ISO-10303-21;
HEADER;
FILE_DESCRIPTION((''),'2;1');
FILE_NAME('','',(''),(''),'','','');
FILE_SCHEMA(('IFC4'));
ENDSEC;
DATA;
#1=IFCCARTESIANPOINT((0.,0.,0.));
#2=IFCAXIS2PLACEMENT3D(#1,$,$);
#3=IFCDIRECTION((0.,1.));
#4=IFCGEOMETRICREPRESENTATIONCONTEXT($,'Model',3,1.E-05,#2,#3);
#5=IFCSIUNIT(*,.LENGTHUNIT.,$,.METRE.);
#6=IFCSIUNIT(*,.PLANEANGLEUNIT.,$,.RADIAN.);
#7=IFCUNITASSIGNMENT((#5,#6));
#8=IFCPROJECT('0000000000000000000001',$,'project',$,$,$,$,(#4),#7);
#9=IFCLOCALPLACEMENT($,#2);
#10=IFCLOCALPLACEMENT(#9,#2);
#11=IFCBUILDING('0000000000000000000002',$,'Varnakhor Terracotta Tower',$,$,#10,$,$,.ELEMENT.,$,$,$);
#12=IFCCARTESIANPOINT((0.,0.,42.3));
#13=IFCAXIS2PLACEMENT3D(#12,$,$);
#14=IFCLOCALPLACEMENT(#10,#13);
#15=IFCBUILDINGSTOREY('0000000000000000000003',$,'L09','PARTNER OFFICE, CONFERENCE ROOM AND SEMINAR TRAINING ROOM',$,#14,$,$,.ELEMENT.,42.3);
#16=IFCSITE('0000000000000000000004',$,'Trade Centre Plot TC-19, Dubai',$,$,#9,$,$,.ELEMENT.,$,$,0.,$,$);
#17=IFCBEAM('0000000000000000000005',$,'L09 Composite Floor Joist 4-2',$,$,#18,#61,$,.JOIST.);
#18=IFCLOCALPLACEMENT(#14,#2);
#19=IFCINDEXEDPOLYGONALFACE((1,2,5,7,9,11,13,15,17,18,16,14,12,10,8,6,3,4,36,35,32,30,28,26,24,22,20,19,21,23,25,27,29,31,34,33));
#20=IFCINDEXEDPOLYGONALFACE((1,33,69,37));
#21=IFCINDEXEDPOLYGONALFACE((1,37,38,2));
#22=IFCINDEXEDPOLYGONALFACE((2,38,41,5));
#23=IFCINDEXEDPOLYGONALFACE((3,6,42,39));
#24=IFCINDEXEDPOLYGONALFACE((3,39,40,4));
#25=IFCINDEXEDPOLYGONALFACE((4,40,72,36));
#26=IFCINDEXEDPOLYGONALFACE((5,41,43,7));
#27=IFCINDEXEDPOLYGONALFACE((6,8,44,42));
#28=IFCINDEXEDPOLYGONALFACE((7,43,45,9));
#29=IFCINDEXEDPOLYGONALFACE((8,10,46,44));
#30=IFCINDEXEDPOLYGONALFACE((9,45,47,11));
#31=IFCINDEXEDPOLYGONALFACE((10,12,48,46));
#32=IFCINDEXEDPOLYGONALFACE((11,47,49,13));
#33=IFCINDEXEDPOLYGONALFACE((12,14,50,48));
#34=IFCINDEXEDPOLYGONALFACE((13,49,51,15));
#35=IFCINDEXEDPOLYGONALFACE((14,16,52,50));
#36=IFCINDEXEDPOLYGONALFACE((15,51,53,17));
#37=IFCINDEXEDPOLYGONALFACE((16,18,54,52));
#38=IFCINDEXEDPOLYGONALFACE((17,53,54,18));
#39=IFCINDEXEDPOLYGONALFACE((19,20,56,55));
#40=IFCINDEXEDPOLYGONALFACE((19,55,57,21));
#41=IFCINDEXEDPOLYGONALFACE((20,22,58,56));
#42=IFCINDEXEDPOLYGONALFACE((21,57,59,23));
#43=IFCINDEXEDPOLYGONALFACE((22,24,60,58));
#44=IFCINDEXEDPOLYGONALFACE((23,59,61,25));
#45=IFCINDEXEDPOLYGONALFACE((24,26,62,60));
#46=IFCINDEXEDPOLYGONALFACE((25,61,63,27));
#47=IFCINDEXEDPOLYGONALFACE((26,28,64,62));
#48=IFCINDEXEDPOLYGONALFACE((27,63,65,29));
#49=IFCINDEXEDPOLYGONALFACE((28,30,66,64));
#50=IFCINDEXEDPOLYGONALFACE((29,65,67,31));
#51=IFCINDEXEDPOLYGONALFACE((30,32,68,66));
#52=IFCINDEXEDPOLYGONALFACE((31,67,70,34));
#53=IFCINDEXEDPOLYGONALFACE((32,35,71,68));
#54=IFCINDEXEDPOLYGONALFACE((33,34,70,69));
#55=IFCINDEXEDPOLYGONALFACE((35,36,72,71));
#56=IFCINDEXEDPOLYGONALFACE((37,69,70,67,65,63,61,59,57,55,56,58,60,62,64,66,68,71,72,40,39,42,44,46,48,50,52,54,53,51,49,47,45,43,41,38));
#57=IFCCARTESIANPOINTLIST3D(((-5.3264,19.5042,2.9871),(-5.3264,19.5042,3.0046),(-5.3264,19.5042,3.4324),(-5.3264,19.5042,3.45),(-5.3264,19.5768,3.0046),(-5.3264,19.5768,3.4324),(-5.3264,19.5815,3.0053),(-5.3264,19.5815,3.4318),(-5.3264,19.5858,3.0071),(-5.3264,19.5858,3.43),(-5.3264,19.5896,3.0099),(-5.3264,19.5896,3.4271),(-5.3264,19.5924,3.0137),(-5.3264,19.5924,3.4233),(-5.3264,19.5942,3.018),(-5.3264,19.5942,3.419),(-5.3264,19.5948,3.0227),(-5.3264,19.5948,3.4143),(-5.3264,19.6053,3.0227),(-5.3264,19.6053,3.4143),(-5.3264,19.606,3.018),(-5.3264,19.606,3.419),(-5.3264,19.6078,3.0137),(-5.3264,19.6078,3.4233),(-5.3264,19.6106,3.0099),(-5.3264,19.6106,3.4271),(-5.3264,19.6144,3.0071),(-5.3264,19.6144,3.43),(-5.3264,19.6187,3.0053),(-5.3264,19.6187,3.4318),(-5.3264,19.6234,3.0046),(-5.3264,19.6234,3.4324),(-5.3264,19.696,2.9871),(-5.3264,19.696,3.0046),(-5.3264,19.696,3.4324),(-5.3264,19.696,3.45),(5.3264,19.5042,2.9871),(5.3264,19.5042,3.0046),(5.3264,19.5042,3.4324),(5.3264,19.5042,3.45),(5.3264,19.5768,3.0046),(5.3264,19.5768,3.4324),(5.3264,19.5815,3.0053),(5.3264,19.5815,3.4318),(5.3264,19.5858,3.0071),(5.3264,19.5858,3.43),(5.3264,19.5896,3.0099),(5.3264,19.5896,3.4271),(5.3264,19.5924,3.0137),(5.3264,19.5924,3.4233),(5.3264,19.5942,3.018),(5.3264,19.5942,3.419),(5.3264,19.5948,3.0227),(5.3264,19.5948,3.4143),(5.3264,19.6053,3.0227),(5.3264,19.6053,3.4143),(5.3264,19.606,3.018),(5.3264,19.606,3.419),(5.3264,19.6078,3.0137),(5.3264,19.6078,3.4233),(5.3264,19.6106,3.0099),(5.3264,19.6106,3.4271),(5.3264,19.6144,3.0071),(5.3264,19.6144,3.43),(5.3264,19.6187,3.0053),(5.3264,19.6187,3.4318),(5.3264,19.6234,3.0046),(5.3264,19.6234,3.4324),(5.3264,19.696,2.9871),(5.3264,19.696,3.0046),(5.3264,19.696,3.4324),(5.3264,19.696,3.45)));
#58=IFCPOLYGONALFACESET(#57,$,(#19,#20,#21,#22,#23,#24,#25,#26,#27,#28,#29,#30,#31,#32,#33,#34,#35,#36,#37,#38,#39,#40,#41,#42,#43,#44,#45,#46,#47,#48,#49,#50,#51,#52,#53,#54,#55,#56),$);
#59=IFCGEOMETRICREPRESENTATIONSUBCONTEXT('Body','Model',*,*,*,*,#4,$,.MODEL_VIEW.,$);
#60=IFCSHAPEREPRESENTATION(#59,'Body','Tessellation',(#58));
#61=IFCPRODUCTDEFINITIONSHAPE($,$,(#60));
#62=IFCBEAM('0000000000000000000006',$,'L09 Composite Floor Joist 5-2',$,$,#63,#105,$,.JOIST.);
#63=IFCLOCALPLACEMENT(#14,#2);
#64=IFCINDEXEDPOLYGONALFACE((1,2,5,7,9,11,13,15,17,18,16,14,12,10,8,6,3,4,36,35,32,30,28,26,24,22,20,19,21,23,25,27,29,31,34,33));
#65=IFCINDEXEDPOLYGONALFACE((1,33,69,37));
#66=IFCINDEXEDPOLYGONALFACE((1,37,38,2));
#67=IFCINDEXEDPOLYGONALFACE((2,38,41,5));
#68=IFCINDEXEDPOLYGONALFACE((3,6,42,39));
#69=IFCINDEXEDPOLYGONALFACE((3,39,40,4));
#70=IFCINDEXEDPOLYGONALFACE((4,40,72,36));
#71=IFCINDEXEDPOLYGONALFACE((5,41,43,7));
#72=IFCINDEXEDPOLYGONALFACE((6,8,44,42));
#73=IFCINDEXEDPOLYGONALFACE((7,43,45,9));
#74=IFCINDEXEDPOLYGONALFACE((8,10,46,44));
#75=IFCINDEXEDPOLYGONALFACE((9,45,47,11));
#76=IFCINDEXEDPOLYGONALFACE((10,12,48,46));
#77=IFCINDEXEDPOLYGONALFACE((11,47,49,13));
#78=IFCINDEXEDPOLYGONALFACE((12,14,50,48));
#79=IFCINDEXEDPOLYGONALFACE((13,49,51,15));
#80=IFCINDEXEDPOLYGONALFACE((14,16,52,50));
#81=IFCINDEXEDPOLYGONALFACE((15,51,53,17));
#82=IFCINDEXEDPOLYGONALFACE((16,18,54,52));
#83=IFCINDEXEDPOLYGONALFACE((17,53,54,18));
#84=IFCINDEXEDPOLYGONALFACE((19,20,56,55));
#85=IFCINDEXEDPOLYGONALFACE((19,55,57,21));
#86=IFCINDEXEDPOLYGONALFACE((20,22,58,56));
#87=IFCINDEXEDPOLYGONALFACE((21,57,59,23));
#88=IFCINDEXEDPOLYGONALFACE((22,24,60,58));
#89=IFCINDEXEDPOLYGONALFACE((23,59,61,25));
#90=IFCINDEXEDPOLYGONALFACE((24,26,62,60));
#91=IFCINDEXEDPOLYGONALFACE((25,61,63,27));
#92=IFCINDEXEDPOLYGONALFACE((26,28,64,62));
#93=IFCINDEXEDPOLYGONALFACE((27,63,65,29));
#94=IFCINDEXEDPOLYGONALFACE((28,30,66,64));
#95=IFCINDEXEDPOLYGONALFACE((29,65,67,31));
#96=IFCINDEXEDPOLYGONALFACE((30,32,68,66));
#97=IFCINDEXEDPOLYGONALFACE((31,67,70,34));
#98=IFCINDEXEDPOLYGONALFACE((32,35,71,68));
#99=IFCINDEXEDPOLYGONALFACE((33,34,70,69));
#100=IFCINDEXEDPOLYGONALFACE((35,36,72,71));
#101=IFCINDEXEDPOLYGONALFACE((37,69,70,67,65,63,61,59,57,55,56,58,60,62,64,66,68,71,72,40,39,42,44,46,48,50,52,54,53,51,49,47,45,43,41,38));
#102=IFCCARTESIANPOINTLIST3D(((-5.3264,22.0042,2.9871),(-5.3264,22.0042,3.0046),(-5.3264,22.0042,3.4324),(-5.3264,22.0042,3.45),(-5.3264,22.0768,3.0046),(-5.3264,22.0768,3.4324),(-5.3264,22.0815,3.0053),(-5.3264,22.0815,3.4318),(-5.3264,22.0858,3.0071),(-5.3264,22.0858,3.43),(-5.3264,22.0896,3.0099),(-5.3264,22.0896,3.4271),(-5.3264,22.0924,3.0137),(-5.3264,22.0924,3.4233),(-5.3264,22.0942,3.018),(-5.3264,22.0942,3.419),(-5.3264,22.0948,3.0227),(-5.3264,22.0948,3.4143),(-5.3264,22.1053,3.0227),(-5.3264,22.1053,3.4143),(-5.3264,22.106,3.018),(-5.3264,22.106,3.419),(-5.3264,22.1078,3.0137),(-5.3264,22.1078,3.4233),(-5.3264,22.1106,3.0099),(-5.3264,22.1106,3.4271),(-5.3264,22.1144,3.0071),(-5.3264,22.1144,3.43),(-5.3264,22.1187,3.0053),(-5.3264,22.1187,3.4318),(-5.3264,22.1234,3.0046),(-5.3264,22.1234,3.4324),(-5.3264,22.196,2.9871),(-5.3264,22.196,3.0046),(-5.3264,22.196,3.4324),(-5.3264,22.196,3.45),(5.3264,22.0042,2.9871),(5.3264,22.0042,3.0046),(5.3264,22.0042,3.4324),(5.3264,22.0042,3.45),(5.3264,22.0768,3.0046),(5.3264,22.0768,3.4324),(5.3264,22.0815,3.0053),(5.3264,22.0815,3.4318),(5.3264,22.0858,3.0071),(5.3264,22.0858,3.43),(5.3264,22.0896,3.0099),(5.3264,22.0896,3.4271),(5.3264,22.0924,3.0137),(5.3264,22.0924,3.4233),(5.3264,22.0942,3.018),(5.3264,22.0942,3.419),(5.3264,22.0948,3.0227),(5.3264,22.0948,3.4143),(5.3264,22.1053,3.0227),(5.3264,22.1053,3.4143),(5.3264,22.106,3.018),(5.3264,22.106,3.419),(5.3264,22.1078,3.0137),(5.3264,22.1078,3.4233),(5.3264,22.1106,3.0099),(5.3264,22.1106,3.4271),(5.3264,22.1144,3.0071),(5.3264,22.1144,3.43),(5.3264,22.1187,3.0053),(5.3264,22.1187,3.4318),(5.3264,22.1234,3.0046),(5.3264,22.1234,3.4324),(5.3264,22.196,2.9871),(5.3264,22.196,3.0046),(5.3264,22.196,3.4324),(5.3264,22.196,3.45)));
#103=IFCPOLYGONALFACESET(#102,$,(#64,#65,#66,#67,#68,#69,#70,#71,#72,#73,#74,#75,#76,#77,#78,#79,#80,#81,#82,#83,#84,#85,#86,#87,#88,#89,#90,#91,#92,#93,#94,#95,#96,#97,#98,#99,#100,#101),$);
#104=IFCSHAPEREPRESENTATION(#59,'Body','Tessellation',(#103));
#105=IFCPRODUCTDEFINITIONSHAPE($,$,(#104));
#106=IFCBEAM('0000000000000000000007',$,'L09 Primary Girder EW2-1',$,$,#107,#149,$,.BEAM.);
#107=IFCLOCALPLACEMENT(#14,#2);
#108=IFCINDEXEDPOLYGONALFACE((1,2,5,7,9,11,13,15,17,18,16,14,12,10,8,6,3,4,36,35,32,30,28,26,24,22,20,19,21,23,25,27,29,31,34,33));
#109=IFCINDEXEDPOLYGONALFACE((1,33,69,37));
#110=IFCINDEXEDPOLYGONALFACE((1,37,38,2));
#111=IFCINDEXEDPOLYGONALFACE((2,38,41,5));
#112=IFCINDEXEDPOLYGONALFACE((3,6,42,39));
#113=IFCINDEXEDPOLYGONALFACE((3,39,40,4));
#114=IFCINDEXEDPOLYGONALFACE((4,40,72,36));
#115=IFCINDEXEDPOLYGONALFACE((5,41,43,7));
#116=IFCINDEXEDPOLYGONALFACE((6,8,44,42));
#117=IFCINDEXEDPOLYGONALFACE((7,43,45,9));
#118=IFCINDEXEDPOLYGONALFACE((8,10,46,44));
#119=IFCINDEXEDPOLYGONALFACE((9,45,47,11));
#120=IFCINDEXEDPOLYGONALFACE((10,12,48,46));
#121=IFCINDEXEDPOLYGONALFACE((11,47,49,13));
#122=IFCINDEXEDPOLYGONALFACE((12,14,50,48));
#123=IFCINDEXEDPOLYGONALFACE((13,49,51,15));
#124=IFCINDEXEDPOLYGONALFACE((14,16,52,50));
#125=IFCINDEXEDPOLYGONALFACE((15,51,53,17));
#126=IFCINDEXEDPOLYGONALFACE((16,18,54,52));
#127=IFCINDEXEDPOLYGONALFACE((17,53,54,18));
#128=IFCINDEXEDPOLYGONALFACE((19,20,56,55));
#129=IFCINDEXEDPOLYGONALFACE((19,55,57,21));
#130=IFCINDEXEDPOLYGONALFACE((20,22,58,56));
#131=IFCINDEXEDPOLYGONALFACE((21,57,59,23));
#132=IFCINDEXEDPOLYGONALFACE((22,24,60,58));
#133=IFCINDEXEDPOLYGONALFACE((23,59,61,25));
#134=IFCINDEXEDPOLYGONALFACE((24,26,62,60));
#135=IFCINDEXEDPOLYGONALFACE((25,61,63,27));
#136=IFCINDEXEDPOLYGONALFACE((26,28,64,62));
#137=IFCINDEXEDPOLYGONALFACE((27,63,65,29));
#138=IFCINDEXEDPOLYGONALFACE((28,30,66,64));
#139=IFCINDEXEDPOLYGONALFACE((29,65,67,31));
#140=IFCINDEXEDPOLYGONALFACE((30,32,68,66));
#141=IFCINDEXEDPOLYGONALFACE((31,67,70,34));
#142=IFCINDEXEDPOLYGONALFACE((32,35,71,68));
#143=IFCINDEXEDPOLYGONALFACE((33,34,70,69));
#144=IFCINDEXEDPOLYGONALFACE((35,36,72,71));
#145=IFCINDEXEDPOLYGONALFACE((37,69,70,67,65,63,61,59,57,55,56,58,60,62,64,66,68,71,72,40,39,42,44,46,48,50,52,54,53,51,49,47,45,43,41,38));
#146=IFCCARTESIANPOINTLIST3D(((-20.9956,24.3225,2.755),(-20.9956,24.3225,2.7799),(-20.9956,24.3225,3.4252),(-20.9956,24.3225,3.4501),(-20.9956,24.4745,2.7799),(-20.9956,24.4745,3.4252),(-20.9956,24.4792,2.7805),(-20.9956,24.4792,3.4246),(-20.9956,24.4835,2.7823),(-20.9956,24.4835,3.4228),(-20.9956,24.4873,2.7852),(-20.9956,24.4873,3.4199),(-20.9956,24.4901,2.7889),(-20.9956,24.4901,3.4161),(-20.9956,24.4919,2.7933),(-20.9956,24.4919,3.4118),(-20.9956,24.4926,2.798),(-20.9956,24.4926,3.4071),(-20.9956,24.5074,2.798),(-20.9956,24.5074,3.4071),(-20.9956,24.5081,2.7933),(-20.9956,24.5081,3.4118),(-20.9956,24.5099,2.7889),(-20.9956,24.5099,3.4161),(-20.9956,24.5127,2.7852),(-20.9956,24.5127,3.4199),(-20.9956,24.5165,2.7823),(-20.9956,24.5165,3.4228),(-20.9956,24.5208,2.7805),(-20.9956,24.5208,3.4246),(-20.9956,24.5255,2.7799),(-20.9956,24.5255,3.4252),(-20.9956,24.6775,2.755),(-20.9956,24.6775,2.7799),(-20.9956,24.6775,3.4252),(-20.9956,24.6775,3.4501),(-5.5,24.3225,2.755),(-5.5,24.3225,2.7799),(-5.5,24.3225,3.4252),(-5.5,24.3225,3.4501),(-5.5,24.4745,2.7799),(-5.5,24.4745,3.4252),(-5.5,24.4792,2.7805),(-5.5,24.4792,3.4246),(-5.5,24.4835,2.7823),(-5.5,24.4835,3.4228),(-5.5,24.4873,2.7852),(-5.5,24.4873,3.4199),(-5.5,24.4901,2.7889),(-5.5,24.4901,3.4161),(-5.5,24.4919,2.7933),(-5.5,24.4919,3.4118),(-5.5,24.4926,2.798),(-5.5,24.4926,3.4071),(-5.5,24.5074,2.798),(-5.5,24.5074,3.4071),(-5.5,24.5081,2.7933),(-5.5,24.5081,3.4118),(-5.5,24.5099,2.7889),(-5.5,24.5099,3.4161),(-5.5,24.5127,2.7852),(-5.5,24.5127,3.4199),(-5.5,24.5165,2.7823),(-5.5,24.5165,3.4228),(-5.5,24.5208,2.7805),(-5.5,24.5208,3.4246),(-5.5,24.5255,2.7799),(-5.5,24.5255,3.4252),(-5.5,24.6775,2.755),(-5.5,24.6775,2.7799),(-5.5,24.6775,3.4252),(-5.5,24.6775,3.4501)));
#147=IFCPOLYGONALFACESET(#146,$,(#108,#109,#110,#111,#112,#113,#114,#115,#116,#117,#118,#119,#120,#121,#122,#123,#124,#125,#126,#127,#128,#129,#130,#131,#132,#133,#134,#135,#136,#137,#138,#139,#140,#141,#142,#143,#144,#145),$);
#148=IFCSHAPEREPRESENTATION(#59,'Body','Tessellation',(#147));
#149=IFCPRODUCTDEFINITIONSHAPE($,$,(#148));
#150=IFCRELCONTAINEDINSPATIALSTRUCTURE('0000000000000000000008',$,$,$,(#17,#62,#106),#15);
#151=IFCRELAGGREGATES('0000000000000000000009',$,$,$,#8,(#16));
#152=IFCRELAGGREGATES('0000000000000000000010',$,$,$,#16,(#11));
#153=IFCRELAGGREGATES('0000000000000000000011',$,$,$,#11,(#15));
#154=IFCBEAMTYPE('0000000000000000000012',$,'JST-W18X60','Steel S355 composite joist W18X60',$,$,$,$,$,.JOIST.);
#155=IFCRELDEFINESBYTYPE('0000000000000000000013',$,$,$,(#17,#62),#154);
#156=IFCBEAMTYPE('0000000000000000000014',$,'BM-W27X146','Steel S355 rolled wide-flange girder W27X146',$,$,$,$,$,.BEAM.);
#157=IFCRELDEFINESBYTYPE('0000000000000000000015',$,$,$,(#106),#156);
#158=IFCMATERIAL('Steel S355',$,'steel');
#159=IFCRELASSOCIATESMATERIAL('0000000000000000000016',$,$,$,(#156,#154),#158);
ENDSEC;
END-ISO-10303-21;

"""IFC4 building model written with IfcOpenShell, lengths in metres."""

from ifc_helpers import new_model, si_unit, direction, frame, origin, origin_2d, place, context, subcontext, project, spatial, i_section, extrude, source, transform, mapped, material, material_profile, profile_set, type_object, element, save


model = new_model("IFC4")

# Units and contexts
model_context = context("Model", 3, precision=1e-05, world=origin(), true_north=direction((0.0, 1.0)))
body_context = subcontext(model_context, "Body", "Model", "MODEL_VIEW")
ifc_project = project(units=[si_unit("LENGTHUNIT", "METRE"), si_unit("PLANEANGLEUNIT", "RADIAN")], contexts=[model_context])

# Site, building, storey
site_placement = place(None, origin())
site = spatial("IfcSite", under=ifc_project, at=site_placement, Name="Trade Centre Plot TC-19, Dubai", CompositionType="ELEMENT", RefElevation=0.0)
building_placement = place(site_placement, origin())
building = spatial("IfcBuilding", under=site, at=building_placement, Name="Varnakhor Terracotta Tower", CompositionType="ELEMENT")
storey_placement = place(building_placement, frame((0.0, 0.0, 42.3)))
storey = spatial("IfcBuildingStorey", under=building, at=storey_placement, Name="L09", Description="PARTNER OFFICE, CONFERENCE ROOM AND SEMINAR TRAINING ROOM", CompositionType="ELEMENT", Elevation=42.3)

# Beams
ifc_material_1 = material(Name="Steel S355", Category="steel")
ifc_material_profile_1 = material_profile(ifc_material_1, i_section(OverallWidth=0.355, OverallDepth=0.6951, WebThickness=0.0149, FlangeThickness=0.0249, FilletRadius=0.0181, at=origin_2d()), Name="W27X146")
ifc_profile_set_1 = profile_set([ifc_material_profile_1], Name="Steel S355")
beam_type_1 = type_object("IfcBeamType", Name="BM-W27X146", Description="Steel S355 rolled wide-flange girder W27X146", PredefinedType="BEAM", material=ifc_profile_set_1)
ifc_material_profile_2 = material_profile(ifc_material_1, i_section(OverallWidth=0.1919, OverallDepth=0.4629, WebThickness=0.0105, FlangeThickness=0.0176, FilletRadius=0.0181, at=origin_2d()), Name="W18X60")
ifc_profile_set_2 = profile_set([ifc_material_profile_2], Name="Steel S355")
beam_type_2 = type_object("IfcBeamType", Name="JST-W18X60", Description="Steel S355 composite joist W18X60", PredefinedType="JOIST", material=ifc_profile_set_2)
shared_shape_1 = source(origin(), body_context, "Body", "SweptSolid", [
    extrude(i_section(OverallWidth=0.1919, OverallDepth=0.4629, WebThickness=0.0105, FlangeThickness=0.0176, FilletRadius=0.0181, at=origin_2d()), origin(), (0.0, 0.0, 1.0), 10.6528),
])
for number, where, z_axis, x_axis, name in (
    (1, (-5.3264, 19.6001, 3.2185), (1.0, 0.0, 0.0), (0.0, 1.0, 0.0), "L09 Composite Floor Joist 4-2"),
    (2, (-5.3264, 22.1001, 3.2185), (1.0, 0.0, 0.0), (0.0, 1.0, 0.0), "L09 Composite Floor Joist 5-2"),
):
    element("IfcBeam", number, at=place(storey_placement, frame(where, z_axis=z_axis, x_axis=x_axis)), inside=storey, type_object=beam_type_2, Name=name, PredefinedType="JOIST", context=body_context, shape_type="MappedRepresentation", body=[
        mapped(shared_shape_1, transform((0.0, 0.0, 0.0), scale=1.0)),
    ])
shared_shape_2 = source(origin(), body_context, "Body", "SweptSolid", [
    extrude(i_section(OverallWidth=0.355, OverallDepth=0.6951, WebThickness=0.0149, FlangeThickness=0.0249, FilletRadius=0.0181, at=origin_2d()), origin(), (0.0, 0.0, 1.0), 15.4956),
])
beam_1_placement = place(storey_placement, frame((-20.9956, 24.5, 3.1025), z_axis=(1.0, 0.0, 0.0), x_axis=(0.0, 1.0, 0.0)))
element("IfcBeam", 3, at=beam_1_placement, inside=storey, type_object=beam_type_1, Name="L09 Primary Girder EW2-1", PredefinedType="BEAM", context=body_context, shape_type="MappedRepresentation", body=[
    mapped(shared_shape_2, transform((0.0, 0.0, 0.0), scale=1.0)),
])

save(model, "model.ifc")
